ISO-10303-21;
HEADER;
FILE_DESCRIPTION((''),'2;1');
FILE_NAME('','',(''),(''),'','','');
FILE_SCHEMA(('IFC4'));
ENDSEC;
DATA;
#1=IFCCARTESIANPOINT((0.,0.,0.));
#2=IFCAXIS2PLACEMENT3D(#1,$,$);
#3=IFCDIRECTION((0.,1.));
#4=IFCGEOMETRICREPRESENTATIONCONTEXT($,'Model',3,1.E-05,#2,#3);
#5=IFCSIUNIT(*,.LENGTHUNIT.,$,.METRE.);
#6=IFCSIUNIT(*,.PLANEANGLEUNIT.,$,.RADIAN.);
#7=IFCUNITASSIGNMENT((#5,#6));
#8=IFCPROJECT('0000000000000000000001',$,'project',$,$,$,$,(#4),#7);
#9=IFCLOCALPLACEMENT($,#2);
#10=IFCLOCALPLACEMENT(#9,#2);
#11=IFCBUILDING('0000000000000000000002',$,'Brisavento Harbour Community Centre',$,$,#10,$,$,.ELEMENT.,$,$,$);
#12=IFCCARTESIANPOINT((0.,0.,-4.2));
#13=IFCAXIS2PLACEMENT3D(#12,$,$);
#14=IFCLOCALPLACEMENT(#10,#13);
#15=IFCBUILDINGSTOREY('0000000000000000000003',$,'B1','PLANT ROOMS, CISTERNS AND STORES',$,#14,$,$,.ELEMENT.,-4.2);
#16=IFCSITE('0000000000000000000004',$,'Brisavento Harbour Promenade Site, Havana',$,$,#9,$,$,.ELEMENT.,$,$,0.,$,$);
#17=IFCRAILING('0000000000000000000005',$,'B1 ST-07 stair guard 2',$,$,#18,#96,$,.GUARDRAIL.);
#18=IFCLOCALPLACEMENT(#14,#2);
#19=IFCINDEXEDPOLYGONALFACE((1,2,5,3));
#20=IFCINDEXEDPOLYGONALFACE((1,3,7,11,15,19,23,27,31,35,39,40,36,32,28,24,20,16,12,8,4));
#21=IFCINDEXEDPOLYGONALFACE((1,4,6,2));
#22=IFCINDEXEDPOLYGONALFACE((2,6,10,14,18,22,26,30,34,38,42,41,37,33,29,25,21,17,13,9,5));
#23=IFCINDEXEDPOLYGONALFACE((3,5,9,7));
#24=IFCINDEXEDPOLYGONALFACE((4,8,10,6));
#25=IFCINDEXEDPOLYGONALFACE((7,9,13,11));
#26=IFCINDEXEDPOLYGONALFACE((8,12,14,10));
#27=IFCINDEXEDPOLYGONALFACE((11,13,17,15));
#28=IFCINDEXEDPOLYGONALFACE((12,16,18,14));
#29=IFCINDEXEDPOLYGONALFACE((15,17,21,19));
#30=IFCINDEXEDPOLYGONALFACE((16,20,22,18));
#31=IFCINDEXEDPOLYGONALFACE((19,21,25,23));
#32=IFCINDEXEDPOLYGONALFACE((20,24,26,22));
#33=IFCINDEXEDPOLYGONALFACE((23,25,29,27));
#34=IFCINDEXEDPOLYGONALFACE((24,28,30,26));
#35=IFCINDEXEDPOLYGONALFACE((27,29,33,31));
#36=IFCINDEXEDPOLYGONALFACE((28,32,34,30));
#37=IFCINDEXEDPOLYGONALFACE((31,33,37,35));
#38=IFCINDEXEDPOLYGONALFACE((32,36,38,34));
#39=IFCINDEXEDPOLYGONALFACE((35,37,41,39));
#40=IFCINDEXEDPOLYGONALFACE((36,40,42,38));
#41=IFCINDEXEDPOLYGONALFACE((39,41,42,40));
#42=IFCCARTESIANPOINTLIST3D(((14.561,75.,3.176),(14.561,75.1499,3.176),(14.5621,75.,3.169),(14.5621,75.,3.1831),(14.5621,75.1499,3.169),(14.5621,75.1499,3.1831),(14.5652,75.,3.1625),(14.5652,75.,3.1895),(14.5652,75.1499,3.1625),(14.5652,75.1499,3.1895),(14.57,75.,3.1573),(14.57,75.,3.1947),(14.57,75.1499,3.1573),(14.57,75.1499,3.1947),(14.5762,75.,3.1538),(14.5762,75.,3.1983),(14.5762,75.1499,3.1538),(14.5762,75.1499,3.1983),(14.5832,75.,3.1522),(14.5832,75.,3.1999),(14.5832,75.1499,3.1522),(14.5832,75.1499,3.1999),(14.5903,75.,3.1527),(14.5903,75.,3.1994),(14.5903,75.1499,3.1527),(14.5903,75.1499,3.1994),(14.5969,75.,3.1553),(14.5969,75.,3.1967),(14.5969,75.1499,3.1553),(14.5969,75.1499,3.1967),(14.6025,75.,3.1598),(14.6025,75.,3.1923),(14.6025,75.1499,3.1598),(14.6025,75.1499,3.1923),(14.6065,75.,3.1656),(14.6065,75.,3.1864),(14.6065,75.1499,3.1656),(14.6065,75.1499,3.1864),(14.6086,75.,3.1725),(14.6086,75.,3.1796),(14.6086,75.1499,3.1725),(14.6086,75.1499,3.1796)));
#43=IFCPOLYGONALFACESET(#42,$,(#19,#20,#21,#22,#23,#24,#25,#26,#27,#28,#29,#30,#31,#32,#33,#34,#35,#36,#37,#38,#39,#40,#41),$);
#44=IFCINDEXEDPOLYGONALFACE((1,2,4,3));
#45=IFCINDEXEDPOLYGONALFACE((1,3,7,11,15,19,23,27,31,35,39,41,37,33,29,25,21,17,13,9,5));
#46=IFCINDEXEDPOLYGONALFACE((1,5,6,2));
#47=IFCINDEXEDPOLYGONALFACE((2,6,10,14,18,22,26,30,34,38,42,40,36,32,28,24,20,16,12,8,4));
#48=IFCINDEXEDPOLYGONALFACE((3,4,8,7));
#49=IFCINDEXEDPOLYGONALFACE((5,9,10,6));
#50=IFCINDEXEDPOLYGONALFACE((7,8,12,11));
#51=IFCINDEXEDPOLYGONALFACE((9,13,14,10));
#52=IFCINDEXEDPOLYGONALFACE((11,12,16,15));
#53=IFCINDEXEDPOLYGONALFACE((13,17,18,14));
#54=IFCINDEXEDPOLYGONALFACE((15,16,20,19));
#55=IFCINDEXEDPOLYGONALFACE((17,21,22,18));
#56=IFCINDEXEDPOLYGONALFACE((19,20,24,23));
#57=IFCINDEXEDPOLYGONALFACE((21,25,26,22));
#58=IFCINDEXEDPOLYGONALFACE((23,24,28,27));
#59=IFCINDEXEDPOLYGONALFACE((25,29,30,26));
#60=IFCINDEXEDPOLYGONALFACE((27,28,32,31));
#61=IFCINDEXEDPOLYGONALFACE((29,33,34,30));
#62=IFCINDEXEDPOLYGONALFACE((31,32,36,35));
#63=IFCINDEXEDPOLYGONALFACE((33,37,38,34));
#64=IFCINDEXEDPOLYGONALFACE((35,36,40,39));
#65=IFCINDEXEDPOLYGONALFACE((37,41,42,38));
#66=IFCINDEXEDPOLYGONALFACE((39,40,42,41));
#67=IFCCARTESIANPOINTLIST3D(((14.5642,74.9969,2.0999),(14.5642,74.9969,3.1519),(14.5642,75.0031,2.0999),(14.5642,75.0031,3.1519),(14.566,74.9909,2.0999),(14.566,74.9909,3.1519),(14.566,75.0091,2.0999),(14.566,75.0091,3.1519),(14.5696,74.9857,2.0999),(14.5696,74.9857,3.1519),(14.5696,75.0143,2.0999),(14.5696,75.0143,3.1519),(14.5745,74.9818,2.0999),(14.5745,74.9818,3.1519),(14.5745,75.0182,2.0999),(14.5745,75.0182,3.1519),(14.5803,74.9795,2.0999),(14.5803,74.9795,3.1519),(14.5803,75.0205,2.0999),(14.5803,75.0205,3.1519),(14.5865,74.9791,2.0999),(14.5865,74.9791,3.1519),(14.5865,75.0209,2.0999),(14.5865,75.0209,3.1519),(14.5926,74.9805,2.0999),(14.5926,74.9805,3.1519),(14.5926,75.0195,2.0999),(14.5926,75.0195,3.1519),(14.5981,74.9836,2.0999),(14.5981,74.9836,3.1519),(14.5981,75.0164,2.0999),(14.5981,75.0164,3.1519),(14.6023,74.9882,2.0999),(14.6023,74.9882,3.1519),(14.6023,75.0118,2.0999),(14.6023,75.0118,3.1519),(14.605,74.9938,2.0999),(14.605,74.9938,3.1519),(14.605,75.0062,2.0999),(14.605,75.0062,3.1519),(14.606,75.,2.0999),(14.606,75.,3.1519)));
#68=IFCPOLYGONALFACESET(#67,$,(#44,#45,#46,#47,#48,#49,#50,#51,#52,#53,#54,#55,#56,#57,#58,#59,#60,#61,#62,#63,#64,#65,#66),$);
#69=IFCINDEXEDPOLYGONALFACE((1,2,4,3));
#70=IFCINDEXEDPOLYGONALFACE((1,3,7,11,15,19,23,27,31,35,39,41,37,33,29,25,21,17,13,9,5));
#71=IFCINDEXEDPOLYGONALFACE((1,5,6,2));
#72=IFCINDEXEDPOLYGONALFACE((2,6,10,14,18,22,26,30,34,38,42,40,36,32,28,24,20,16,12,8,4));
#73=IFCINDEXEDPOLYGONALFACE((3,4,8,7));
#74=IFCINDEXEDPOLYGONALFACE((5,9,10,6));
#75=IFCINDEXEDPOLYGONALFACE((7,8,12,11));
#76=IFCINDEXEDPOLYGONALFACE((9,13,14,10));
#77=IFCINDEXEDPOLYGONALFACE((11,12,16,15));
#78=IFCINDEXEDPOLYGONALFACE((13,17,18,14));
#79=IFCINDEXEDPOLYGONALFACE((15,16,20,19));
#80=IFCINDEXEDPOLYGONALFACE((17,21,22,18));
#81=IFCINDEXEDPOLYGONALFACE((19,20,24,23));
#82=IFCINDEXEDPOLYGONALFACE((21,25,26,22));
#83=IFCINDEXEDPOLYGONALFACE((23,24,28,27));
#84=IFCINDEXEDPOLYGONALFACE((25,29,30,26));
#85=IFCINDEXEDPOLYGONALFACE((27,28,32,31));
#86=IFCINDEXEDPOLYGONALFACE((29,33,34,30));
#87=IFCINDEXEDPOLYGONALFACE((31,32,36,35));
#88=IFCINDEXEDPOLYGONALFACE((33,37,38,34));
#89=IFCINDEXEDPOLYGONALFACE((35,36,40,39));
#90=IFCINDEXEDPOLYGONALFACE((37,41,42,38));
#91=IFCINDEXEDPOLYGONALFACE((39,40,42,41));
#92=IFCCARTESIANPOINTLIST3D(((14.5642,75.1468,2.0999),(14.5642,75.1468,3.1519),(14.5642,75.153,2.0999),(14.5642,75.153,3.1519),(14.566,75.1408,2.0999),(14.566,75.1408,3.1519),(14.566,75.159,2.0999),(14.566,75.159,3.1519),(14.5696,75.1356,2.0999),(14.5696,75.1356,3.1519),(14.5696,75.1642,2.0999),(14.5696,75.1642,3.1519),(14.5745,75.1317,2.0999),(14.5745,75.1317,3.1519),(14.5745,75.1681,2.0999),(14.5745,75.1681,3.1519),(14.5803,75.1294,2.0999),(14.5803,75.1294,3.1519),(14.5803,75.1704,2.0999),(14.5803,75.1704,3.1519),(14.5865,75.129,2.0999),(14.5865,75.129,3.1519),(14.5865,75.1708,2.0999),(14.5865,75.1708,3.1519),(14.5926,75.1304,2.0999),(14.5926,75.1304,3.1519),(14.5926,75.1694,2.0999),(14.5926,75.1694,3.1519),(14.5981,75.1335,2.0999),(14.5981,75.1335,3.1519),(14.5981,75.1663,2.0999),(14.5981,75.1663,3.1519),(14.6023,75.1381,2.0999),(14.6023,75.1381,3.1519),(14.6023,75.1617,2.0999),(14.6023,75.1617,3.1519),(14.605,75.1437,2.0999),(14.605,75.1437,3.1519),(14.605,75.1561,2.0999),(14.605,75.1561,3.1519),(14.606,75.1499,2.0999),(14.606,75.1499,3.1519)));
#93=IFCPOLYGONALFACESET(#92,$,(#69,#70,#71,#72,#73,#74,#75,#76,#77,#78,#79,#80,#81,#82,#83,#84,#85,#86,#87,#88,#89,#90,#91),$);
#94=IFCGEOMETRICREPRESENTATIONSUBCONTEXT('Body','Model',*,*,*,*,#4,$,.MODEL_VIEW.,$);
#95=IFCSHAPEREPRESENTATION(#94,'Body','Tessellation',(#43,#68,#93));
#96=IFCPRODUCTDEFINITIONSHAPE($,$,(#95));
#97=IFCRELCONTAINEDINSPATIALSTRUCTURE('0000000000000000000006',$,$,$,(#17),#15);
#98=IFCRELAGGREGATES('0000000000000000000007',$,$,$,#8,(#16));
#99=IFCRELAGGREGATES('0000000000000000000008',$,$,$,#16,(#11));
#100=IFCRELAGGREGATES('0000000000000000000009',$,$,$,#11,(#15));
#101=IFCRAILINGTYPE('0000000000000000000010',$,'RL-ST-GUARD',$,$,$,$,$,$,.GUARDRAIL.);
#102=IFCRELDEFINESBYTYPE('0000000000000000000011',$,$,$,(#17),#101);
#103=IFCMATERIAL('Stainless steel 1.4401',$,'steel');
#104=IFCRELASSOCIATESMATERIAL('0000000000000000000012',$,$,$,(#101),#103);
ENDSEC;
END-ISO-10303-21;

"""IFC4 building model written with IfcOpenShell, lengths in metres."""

from ifc_helpers import new_model, si_unit, direction, frame, origin, origin_2d, place, context, subcontext, project, spatial, circle, extrude, material, type_object, element, save


model = new_model("IFC4")

# Units and contexts
model_context = context("Model", 3, precision=1e-05, world=origin(), true_north=direction((0.0, 1.0)))
body_context = subcontext(model_context, "Body", "Model", "MODEL_VIEW")
ifc_project = project(units=[si_unit("LENGTHUNIT", "METRE"), si_unit("PLANEANGLEUNIT", "RADIAN")], contexts=[model_context])

# Site, building, storey
site_placement = place(None, origin())
site = spatial("IfcSite", under=ifc_project, at=site_placement, Name="Brisavento Harbour Promenade Site, Havana", CompositionType="ELEMENT", RefElevation=0.0)
building_placement = place(site_placement, origin())
building = spatial("IfcBuilding", under=site, at=building_placement, Name="Brisavento Harbour Community Centre", CompositionType="ELEMENT")
storey_placement = place(building_placement, frame((0.0, 0.0, -4.2)))
storey = spatial("IfcBuildingStorey", under=building, at=storey_placement, Name="B1", Description="PLANT ROOMS, CISTERNS AND STORES", CompositionType="ELEMENT", Elevation=-4.2)

# Railing
ifc_material_1 = material(Name="Stainless steel 1.4401", Category="steel")
railing_type_1 = type_object("IfcRailingType", Name="RL-ST-GUARD", PredefinedType="GUARDRAIL", material=ifc_material_1)
railing_1_placement = place(storey_placement, frame((14.585, 75.0, 2.0999)))
element("IfcRailing", 1, at=railing_1_placement, inside=storey, type_object=railing_type_1, Name="B1 ST-07 stair guard 2", PredefinedType="GUARDRAIL", context=body_context, shape_type="SweptSolid", body=[
    extrude(circle(Radius=0.0239, at=origin_2d()), frame((0.0, 0.0, 1.0762), z_axis=(0.0, 1.0, 0.0), x_axis=(-1.0, 0.0, 0.0)), (0.0, 0.0, 1.0), 0.1499),
    extrude(circle(Radius=0.021, at=origin_2d()), origin(), (0.0, 0.0, 1.0), 1.052),
    extrude(circle(Radius=0.021, at=origin_2d()), frame((0.0, 0.1499, 0.0)), (0.0, 0.0, 1.0), 1.052),
])

save(model, "model.ifc")
